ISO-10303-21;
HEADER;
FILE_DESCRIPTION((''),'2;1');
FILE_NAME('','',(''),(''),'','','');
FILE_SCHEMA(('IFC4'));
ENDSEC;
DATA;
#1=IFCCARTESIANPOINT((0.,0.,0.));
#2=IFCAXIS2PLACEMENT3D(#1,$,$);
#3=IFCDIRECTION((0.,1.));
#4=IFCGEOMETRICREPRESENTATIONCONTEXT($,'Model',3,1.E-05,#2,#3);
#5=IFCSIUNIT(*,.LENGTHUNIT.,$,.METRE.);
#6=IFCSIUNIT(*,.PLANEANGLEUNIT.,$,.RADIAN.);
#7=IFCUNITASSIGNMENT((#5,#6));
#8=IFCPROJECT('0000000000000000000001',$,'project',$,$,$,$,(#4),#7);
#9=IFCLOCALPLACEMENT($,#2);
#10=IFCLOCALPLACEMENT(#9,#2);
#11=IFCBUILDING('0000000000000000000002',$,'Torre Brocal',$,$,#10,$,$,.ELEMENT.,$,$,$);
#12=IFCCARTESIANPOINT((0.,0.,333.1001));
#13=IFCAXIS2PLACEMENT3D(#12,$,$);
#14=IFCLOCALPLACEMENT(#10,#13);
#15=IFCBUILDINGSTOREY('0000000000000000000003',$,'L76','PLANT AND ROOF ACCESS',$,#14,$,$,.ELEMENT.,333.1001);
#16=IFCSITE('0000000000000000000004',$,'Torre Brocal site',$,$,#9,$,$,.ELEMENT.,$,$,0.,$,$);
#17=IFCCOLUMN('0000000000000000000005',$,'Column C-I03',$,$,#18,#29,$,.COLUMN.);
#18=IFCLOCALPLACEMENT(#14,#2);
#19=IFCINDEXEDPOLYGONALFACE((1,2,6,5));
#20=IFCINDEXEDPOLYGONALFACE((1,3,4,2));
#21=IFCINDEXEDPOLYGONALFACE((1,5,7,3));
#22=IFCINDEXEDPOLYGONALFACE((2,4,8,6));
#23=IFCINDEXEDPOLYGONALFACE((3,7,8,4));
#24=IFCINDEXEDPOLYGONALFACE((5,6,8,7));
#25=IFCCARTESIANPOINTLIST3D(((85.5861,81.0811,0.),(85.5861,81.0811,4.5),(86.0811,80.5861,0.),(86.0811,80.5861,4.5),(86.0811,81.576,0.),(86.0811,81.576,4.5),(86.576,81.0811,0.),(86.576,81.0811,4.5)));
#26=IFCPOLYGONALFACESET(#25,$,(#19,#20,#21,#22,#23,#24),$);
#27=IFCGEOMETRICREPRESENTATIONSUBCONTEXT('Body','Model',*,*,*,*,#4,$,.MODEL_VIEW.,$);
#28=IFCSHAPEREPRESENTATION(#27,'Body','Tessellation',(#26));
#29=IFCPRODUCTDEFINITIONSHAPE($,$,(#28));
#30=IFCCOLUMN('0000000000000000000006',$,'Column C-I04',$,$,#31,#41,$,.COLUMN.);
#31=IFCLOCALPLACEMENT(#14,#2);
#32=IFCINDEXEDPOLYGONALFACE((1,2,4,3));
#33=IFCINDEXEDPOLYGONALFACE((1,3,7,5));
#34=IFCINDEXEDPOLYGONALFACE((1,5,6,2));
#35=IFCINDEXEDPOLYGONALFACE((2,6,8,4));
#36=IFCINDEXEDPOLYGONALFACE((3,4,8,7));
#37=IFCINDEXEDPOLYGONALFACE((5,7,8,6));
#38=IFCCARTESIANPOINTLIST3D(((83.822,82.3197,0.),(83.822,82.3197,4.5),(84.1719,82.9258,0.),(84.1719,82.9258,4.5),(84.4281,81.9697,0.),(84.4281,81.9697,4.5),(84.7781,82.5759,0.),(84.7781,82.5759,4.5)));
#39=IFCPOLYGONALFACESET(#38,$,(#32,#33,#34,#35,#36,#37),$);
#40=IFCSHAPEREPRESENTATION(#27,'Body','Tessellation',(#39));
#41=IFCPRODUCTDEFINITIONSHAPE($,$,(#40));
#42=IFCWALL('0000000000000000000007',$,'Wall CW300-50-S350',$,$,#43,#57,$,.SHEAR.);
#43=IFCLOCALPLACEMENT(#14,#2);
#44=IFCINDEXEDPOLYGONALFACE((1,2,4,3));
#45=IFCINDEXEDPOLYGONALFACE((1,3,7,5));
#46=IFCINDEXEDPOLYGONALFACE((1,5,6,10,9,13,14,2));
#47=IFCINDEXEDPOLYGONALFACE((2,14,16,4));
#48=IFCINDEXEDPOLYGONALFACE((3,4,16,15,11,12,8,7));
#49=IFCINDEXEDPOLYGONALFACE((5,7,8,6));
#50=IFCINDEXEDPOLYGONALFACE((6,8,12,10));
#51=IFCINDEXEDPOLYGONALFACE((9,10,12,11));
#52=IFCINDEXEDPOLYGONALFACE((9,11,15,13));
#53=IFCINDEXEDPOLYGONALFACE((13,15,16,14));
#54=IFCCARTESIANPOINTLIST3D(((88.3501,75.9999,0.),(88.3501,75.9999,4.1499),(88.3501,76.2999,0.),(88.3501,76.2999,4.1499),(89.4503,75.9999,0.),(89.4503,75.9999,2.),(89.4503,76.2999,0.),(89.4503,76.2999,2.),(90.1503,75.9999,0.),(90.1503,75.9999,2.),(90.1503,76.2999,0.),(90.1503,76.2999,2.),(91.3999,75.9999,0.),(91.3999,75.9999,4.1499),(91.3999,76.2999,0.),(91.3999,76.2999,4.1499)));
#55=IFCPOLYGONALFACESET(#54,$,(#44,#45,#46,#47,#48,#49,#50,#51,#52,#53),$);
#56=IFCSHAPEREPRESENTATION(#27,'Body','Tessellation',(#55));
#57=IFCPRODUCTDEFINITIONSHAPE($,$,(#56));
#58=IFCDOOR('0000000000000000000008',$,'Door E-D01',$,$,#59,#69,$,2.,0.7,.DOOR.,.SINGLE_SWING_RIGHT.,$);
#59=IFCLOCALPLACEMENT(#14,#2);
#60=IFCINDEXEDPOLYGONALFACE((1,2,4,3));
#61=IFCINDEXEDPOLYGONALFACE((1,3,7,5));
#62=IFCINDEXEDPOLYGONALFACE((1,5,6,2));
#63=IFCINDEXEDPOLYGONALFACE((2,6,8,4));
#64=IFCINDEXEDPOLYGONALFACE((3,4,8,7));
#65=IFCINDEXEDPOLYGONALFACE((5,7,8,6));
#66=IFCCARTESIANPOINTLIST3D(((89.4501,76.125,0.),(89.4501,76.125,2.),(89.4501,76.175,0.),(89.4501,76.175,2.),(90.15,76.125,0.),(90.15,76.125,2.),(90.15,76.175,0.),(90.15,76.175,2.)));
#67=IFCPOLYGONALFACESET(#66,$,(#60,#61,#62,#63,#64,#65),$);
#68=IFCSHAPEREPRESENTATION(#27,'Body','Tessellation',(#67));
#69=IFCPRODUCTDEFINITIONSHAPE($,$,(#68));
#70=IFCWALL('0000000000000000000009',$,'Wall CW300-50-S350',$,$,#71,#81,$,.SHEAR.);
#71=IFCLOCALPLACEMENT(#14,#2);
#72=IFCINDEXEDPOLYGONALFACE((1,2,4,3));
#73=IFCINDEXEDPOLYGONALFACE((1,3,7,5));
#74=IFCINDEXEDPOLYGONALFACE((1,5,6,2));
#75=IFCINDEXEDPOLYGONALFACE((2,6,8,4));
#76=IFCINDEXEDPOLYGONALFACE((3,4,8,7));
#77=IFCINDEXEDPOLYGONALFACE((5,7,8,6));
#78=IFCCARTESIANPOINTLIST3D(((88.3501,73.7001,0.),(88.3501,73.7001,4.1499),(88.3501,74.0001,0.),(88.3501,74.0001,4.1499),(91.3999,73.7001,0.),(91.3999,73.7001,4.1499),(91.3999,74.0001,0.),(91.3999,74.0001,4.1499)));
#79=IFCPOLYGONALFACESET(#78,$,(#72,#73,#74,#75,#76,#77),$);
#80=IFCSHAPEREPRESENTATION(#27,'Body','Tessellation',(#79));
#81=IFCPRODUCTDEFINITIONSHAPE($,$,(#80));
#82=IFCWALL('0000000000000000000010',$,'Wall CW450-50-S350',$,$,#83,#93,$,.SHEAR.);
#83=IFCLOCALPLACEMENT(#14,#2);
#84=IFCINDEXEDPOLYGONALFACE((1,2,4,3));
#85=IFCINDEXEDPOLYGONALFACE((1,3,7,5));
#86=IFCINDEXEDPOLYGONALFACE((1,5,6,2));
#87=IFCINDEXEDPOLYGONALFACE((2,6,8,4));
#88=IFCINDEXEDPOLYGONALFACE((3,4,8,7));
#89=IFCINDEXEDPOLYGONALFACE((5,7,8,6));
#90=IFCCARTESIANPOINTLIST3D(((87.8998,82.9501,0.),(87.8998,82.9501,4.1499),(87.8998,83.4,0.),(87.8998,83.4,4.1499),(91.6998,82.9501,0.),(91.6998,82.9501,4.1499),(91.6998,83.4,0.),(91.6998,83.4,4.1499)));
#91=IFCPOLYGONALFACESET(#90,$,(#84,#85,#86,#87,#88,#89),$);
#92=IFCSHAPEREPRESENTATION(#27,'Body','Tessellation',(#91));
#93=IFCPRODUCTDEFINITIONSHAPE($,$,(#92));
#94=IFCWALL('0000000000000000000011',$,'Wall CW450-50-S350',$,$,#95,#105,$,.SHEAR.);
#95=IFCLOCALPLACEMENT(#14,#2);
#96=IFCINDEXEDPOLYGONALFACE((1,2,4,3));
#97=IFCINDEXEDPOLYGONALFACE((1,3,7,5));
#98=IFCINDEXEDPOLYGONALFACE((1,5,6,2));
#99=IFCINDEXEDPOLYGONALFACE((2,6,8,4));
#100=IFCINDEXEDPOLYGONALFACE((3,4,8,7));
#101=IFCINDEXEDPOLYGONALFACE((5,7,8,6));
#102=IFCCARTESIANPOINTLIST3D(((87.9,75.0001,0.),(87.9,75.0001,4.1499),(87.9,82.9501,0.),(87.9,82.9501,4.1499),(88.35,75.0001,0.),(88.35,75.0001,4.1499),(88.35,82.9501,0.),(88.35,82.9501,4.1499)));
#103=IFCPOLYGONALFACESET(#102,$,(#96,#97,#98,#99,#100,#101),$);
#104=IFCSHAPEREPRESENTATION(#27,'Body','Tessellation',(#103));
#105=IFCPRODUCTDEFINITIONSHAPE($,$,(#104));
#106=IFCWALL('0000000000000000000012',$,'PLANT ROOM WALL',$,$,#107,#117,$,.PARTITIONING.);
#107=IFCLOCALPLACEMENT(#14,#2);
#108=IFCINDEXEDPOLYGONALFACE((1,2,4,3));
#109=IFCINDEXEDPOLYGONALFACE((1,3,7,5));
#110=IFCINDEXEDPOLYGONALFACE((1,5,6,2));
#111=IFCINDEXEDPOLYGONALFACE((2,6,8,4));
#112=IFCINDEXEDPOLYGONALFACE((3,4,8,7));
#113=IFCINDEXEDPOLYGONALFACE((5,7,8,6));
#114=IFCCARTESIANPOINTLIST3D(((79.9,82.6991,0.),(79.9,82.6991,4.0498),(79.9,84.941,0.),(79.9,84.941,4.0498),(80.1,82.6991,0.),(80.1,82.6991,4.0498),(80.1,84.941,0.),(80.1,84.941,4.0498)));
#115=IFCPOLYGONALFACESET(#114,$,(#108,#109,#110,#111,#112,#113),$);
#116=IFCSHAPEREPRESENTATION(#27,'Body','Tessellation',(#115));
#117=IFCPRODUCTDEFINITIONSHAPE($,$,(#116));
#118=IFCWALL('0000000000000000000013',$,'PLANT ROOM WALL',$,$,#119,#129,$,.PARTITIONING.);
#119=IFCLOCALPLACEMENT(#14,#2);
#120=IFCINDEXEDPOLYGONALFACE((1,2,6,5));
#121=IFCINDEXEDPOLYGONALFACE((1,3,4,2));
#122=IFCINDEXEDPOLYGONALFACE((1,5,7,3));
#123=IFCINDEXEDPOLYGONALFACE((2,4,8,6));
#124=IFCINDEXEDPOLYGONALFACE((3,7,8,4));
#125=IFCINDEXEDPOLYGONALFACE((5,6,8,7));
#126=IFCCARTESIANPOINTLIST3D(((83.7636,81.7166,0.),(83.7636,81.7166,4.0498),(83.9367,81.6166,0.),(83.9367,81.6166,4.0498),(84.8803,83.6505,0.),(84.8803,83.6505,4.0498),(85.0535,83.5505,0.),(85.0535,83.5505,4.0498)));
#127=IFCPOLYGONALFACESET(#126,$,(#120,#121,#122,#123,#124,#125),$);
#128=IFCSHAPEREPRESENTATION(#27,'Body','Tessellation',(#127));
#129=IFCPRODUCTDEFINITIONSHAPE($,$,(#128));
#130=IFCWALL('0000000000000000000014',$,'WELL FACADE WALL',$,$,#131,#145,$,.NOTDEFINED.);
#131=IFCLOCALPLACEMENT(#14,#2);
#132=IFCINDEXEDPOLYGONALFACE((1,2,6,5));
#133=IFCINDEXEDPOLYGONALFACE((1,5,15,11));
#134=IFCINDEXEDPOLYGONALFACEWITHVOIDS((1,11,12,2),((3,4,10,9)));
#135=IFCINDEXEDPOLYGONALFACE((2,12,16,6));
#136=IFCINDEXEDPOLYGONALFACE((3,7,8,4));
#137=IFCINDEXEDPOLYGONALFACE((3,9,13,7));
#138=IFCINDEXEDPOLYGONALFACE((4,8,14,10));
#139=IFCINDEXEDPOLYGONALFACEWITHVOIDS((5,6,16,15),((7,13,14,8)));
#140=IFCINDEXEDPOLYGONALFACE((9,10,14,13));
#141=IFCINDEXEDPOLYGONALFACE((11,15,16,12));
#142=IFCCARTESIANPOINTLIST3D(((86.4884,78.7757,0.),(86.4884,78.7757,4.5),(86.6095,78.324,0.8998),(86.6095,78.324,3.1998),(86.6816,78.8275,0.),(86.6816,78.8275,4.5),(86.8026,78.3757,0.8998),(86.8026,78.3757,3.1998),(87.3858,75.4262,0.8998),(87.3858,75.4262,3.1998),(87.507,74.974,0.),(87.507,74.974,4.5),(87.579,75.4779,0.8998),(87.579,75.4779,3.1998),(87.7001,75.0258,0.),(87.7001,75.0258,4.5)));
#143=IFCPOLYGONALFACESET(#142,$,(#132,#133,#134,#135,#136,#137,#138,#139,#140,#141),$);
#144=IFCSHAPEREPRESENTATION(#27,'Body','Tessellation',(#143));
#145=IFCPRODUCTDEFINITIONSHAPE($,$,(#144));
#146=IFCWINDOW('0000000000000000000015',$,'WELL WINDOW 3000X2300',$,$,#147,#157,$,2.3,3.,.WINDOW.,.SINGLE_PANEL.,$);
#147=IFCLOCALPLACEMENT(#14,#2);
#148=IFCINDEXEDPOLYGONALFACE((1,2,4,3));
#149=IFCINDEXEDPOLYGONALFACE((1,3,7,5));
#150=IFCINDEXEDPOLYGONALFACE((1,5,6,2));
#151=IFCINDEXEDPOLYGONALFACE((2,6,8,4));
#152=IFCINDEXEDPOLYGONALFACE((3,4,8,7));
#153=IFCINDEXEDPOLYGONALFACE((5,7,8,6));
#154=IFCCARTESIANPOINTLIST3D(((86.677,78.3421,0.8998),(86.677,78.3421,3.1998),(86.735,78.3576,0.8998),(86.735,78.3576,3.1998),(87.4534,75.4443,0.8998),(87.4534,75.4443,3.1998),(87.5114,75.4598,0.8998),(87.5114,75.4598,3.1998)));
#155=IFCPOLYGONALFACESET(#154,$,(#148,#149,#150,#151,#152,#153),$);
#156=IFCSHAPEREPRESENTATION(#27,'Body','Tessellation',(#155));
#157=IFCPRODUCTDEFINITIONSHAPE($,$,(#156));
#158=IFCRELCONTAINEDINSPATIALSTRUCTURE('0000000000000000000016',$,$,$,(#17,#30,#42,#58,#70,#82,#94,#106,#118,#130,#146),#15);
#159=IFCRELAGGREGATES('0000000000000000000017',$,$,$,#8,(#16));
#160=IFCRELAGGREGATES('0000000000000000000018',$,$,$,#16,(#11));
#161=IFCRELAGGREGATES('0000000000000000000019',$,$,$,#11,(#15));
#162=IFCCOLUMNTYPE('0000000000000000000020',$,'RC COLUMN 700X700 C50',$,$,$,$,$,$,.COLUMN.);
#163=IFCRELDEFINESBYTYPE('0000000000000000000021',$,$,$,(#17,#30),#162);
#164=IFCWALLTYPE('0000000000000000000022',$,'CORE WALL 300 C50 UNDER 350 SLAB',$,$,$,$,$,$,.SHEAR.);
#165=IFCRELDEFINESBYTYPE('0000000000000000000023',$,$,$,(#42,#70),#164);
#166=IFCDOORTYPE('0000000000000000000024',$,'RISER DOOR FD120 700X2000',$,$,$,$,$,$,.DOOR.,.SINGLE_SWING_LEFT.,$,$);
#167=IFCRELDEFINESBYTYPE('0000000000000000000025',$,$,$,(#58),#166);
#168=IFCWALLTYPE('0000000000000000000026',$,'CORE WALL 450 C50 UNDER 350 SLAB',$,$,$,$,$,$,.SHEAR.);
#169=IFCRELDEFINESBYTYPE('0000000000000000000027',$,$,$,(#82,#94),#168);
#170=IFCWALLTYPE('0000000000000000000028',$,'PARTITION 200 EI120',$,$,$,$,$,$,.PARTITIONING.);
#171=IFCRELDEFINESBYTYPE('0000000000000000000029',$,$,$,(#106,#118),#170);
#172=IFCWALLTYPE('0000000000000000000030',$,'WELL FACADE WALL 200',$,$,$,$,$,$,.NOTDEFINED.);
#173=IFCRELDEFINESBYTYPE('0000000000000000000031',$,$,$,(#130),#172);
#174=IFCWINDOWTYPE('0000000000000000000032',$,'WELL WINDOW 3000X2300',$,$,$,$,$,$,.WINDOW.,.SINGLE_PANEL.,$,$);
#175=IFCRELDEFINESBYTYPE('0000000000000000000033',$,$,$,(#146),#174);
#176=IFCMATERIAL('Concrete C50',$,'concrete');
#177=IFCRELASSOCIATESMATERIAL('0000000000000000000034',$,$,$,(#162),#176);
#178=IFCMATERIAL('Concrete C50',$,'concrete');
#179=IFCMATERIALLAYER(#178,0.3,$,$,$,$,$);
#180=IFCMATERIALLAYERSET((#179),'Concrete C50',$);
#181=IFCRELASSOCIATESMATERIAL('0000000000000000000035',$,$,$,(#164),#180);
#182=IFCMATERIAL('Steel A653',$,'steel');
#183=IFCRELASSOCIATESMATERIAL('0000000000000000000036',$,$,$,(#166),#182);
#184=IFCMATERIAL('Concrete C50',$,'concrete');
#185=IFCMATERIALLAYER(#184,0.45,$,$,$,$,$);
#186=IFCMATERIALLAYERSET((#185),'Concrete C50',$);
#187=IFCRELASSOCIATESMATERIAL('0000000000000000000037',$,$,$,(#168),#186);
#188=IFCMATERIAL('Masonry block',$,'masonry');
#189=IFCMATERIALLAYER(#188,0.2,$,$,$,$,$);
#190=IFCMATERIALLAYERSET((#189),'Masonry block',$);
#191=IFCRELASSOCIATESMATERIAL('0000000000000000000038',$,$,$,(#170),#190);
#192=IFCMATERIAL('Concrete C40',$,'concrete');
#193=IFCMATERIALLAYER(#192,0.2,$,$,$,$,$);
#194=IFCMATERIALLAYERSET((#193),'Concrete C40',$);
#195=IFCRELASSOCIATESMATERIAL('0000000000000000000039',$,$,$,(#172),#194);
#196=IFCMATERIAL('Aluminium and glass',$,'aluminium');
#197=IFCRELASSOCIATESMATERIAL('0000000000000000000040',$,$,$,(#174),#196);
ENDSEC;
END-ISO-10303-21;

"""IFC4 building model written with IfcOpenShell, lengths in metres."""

from ifc_helpers import new_model, si_unit, direction, frame, frame_2d, origin, origin_2d, place, context, subcontext, project, spatial, rectangle, extrude, material, layer, layer_set, material_profile, profile_set, type_object, element, fill, save


model = new_model("IFC4")

# Units and contexts
model_context = context("Model", 3, precision=1e-05, world=origin(), true_north=direction((0.0, 1.0)))
body_context = subcontext(model_context, "Body", "Model", "MODEL_VIEW")
ifc_project = project(units=[si_unit("LENGTHUNIT", "METRE"), si_unit("PLANEANGLEUNIT", "RADIAN")], contexts=[model_context])

# Site, building, storey
site_placement = place(None, origin())
site = spatial("IfcSite", under=ifc_project, at=site_placement, Name="Torre Brocal site", CompositionType="ELEMENT", RefElevation=0.0)
building_placement = place(site_placement, origin())
building = spatial("IfcBuilding", under=site, at=building_placement, Name="Torre Brocal", CompositionType="ELEMENT")
storey_placement = place(building_placement, frame((0.0, 0.0, 333.1001)))
storey = spatial("IfcBuildingStorey", under=building, at=storey_placement, Name="L76", Description="PLANT AND ROOF ACCESS", CompositionType="ELEMENT", Elevation=333.1001)

# Columns
ifc_material_1 = material(Name="Concrete C50", Category="concrete")
ifc_material_profile = material_profile(ifc_material_1, rectangle(XDim=0.7, YDim=0.7, at=origin_2d()), Name="RC 700X700")
ifc_profile_set = profile_set([ifc_material_profile], Name="Concrete C50")
column_type = type_object("IfcColumnType", Name="RC COLUMN 700X700 C50", PredefinedType="COLUMN", material=ifc_profile_set)
for number, where, z_axis, x_axis, name in (
    (1, (86.0811, 81.0811, 0.0), (0.0, 0.0, 1.0), (0.707107, 0.707107, 0.0), "Column C-I03"),
    (2, (84.3, 82.4478, 0.0), (0.0, 0.0, 1.0), (0.5, 0.866025, 0.0), "Column C-I04"),
):
    element("IfcColumn", number, at=place(storey_placement, frame(where, z_axis=z_axis, x_axis=x_axis)), inside=storey, type_object=column_type, Name=name, PredefinedType="COLUMN", context=body_context, shape_type="SweptSolid", body=[
        extrude(rectangle(XDim=0.7, YDim=0.7, at=origin_2d()), origin(), (0.0, 0.0, 1.0), 4.5),
    ])

# Wall, opening, door
ifc_material_2 = material(Name="Concrete C50", Category="concrete")
ifc_layer_1 = layer(ifc_material_2, 0.3)
ifc_layer_set_1 = layer_set([ifc_layer_1], Name="Concrete C50")
wall_type_1 = type_object("IfcWallType", Name="CORE WALL 300 C50 UNDER 350 SLAB", PredefinedType="SHEAR", material=ifc_layer_set_1)
wall_1_placement = place(storey_placement, frame((88.3501, 76.1499, 0.0), z_axis=(0.0, 0.0, 1.0), x_axis=(1.0, 0.0, 0.0)))
wall_1 = element("IfcWall", 3, at=wall_1_placement, inside=storey, type_object=wall_type_1, Name="Wall CW300-50-S350", PredefinedType="SHEAR", context=body_context, shape_type="SweptSolid", body=[
    extrude(rectangle(XDim=3.0498, YDim=0.3, at=frame_2d((1.5249, 0.0))), origin(), (0.0, 0.0, 1.0), 4.1499),
])
opening_1_placement = place(wall_1_placement, frame((1.1001, 0.0, 0.0)))
opening_1 = element("IfcOpeningElement", 4, at=opening_1_placement, cuts=wall_1, PredefinedType="OPENING", context=body_context, shape_type="SweptSolid", body=[
    extrude(rectangle(XDim=0.7, YDim=2.0, at=frame_2d((0.3501, 1.0))), frame((0.0, 0.1599, 0.0), z_axis=(0.0, -1.0, 0.0), x_axis=(1.0, 0.0, 0.0)), (0.0, 0.0, 1.0), 0.3201),
])
ifc_material_3 = material(Name="Steel A653", Category="steel")
door_type = type_object("IfcDoorType", Name="RISER DOOR FD120 700X2000", OperationType="SINGLE_SWING_LEFT", PredefinedType="DOOR", material=ifc_material_3)
door_placement = place(opening_1_placement, frame((0.7, 0.0, 0.0), z_axis=(0.0, 0.0, 1.0), x_axis=(-1.0, 0.0, 0.0)))
door = element("IfcDoor", 5, at=door_placement, inside=storey, type_object=door_type, Name="Door E-D01", OperationType="SINGLE_SWING_RIGHT", OverallHeight=2.0, OverallWidth=0.7, PredefinedType="DOOR", context=body_context, shape_type="SweptSolid", body=[
    extrude(rectangle(XDim=0.7, YDim=2.0, at=frame_2d((0.3501, 1.0))), frame((0.0, 0.0249, 0.0), z_axis=(0.0, -1.0, 0.0), x_axis=(1.0, 0.0, 0.0)), (0.0, 0.0, 1.0), 0.05),
])
fill(opening_1, door)

# Walls
wall_2_placement = place(storey_placement, frame((88.3501, 73.8501, 0.0), z_axis=(0.0, 0.0, 1.0), x_axis=(1.0, 0.0, 0.0)))
element("IfcWall", 6, at=wall_2_placement, inside=storey, type_object=wall_type_1, Name="Wall CW300-50-S350", PredefinedType="SHEAR", context=body_context, shape_type="SweptSolid", body=[
    extrude(rectangle(XDim=3.0498, YDim=0.3, at=frame_2d((1.5249, 0.0))), origin(), (0.0, 0.0, 1.0), 4.1499),
])
ifc_material_4 = material(Name="Concrete C50", Category="concrete")
ifc_layer_2 = layer(ifc_material_4, 0.45)
ifc_layer_set_2 = layer_set([ifc_layer_2], Name="Concrete C50")
wall_type_2 = type_object("IfcWallType", Name="CORE WALL 450 C50 UNDER 350 SLAB", PredefinedType="SHEAR", material=ifc_layer_set_2)
wall_3_placement = place(storey_placement, frame((87.8999, 83.175, 0.0), z_axis=(0.0, 0.0, 1.0), x_axis=(1.0, 0.0, 0.0)))
element("IfcWall", 7, at=wall_3_placement, inside=storey, type_object=wall_type_2, Name="Wall CW450-50-S350", PredefinedType="SHEAR", context=body_context, shape_type="SweptSolid", body=[
    extrude(rectangle(XDim=3.8, YDim=0.45, at=frame_2d((1.8999, 0.0))), origin(), (0.0, 0.0, 1.0), 4.1499),
])
wall_4_placement = place(storey_placement, frame((88.125, 75.0, 0.0), z_axis=(0.0, 0.0, 1.0), x_axis=(0.0, 1.0, 0.0)))
element("IfcWall", 8, at=wall_4_placement, inside=storey, type_object=wall_type_2, Name="Wall CW450-50-S350", PredefinedType="SHEAR", context=body_context, shape_type="SweptSolid", body=[
    extrude(rectangle(XDim=7.95, YDim=0.45, at=frame_2d((3.9751, 0.0))), origin(), (0.0, 0.0, 1.0), 4.1499),
])
ifc_material_5 = material(Name="Masonry block", Category="masonry")
ifc_layer_3 = layer(ifc_material_5, 0.2)
ifc_layer_set_3 = layer_set([ifc_layer_3], Name="Masonry block")
wall_type_3 = type_object("IfcWallType", Name="PARTITION 200 EI120", PredefinedType="PARTITIONING", material=ifc_layer_set_3)
wall_5_placement = place(storey_placement, frame((80.0, 82.699, 0.0), z_axis=(0.0, 0.0, 1.0), x_axis=(0.0, 1.0, 0.0)))
element("IfcWall", 9, at=wall_5_placement, inside=storey, type_object=wall_type_3, Name="PLANT ROOM WALL", PredefinedType="PARTITIONING", context=body_context, shape_type="SweptSolid", body=[
    extrude(rectangle(XDim=2.2419, YDim=0.2, at=frame_2d((1.1211, 0.0))), origin(), (0.0, 0.0, 1.0), 4.0498),
])
wall_6_placement = place(storey_placement, frame((83.8501, 81.6665, 0.0), z_axis=(0.0, 0.0, 1.0), x_axis=(0.500066, 0.865987, 0.0)))
element("IfcWall", 10, at=wall_6_placement, inside=storey, type_object=wall_type_3, Name="PLANT ROOM WALL", PredefinedType="PARTITIONING", context=body_context, shape_type="SweptSolid", body=[
    extrude(rectangle(XDim=2.2332, YDim=0.2, at=frame_2d((1.1167, 0.0))), origin(), (0.0, 0.0, 1.0), 4.0498),
])

# Wall, opening, window
ifc_material_6 = material(Name="Concrete C40", Category="concrete")
ifc_layer_4 = layer(ifc_material_6, 0.2)
ifc_layer_set_4 = layer_set([ifc_layer_4], Name="Concrete C40")
wall_type_4 = type_object("IfcWallType", Name="WELL FACADE WALL 200", PredefinedType="NOTDEFINED", material=ifc_layer_set_4)
wall_7_placement = place(storey_placement, frame((87.6035, 75.0, 0.0), z_axis=(0.0, 0.0, 1.0), x_axis=(-0.25879, 0.965934, 0.0)))
wall_7 = element("IfcWall", 11, at=wall_7_placement, inside=storey, type_object=wall_type_4, Name="WELL FACADE WALL", PredefinedType="NOTDEFINED", context=body_context, shape_type="SweptSolid", body=[
    extrude(rectangle(XDim=3.9358, YDim=0.2, at=frame_2d((1.9678, 0.0))), origin(), (0.0, 0.0, 1.0), 4.5),
])
opening_2_placement = place(wall_7_placement, frame((0.468, 0.0, 0.8999)))
opening_2 = element("IfcOpeningElement", 12, at=opening_2_placement, cuts=wall_7, PredefinedType="OPENING", context=body_context, shape_type="SweptSolid", body=[
    extrude(rectangle(XDim=3.0, YDim=2.3, at=frame_2d((1.5, 1.1499))), frame((0.0, 0.1099, 0.0), z_axis=(0.0, -1.0, 0.0), x_axis=(1.0, 0.0, 0.0)), (0.0, 0.0, 1.0), 0.22),
])
ifc_material_7 = material(Name="Aluminium and glass", Category="aluminium")
window_type = type_object("IfcWindowType", Name="WELL WINDOW 3000X2300", PartitioningType="SINGLE_PANEL", PredefinedType="WINDOW", material=ifc_material_7)
window_1_placement = place(opening_2_placement, origin())
window_1 = element("IfcWindow", 13, at=window_1_placement, inside=storey, type_object=window_type, Name="WELL WINDOW 3000X2300", OverallHeight=2.3, OverallWidth=3.0, PartitioningType="SINGLE_PANEL", PredefinedType="WINDOW", context=body_context, shape_type="SweptSolid", body=[
    extrude(rectangle(XDim=3.0, YDim=2.3, at=frame_2d((1.5, 1.1499))), frame((0.0, 0.03, 0.0), z_axis=(0.0, -1.0, 0.0), x_axis=(1.0, 0.0, 0.0)), (0.0, 0.0, 1.0), 0.0601),
])
fill(opening_2, window_1)

save(model, "model.ifc")
